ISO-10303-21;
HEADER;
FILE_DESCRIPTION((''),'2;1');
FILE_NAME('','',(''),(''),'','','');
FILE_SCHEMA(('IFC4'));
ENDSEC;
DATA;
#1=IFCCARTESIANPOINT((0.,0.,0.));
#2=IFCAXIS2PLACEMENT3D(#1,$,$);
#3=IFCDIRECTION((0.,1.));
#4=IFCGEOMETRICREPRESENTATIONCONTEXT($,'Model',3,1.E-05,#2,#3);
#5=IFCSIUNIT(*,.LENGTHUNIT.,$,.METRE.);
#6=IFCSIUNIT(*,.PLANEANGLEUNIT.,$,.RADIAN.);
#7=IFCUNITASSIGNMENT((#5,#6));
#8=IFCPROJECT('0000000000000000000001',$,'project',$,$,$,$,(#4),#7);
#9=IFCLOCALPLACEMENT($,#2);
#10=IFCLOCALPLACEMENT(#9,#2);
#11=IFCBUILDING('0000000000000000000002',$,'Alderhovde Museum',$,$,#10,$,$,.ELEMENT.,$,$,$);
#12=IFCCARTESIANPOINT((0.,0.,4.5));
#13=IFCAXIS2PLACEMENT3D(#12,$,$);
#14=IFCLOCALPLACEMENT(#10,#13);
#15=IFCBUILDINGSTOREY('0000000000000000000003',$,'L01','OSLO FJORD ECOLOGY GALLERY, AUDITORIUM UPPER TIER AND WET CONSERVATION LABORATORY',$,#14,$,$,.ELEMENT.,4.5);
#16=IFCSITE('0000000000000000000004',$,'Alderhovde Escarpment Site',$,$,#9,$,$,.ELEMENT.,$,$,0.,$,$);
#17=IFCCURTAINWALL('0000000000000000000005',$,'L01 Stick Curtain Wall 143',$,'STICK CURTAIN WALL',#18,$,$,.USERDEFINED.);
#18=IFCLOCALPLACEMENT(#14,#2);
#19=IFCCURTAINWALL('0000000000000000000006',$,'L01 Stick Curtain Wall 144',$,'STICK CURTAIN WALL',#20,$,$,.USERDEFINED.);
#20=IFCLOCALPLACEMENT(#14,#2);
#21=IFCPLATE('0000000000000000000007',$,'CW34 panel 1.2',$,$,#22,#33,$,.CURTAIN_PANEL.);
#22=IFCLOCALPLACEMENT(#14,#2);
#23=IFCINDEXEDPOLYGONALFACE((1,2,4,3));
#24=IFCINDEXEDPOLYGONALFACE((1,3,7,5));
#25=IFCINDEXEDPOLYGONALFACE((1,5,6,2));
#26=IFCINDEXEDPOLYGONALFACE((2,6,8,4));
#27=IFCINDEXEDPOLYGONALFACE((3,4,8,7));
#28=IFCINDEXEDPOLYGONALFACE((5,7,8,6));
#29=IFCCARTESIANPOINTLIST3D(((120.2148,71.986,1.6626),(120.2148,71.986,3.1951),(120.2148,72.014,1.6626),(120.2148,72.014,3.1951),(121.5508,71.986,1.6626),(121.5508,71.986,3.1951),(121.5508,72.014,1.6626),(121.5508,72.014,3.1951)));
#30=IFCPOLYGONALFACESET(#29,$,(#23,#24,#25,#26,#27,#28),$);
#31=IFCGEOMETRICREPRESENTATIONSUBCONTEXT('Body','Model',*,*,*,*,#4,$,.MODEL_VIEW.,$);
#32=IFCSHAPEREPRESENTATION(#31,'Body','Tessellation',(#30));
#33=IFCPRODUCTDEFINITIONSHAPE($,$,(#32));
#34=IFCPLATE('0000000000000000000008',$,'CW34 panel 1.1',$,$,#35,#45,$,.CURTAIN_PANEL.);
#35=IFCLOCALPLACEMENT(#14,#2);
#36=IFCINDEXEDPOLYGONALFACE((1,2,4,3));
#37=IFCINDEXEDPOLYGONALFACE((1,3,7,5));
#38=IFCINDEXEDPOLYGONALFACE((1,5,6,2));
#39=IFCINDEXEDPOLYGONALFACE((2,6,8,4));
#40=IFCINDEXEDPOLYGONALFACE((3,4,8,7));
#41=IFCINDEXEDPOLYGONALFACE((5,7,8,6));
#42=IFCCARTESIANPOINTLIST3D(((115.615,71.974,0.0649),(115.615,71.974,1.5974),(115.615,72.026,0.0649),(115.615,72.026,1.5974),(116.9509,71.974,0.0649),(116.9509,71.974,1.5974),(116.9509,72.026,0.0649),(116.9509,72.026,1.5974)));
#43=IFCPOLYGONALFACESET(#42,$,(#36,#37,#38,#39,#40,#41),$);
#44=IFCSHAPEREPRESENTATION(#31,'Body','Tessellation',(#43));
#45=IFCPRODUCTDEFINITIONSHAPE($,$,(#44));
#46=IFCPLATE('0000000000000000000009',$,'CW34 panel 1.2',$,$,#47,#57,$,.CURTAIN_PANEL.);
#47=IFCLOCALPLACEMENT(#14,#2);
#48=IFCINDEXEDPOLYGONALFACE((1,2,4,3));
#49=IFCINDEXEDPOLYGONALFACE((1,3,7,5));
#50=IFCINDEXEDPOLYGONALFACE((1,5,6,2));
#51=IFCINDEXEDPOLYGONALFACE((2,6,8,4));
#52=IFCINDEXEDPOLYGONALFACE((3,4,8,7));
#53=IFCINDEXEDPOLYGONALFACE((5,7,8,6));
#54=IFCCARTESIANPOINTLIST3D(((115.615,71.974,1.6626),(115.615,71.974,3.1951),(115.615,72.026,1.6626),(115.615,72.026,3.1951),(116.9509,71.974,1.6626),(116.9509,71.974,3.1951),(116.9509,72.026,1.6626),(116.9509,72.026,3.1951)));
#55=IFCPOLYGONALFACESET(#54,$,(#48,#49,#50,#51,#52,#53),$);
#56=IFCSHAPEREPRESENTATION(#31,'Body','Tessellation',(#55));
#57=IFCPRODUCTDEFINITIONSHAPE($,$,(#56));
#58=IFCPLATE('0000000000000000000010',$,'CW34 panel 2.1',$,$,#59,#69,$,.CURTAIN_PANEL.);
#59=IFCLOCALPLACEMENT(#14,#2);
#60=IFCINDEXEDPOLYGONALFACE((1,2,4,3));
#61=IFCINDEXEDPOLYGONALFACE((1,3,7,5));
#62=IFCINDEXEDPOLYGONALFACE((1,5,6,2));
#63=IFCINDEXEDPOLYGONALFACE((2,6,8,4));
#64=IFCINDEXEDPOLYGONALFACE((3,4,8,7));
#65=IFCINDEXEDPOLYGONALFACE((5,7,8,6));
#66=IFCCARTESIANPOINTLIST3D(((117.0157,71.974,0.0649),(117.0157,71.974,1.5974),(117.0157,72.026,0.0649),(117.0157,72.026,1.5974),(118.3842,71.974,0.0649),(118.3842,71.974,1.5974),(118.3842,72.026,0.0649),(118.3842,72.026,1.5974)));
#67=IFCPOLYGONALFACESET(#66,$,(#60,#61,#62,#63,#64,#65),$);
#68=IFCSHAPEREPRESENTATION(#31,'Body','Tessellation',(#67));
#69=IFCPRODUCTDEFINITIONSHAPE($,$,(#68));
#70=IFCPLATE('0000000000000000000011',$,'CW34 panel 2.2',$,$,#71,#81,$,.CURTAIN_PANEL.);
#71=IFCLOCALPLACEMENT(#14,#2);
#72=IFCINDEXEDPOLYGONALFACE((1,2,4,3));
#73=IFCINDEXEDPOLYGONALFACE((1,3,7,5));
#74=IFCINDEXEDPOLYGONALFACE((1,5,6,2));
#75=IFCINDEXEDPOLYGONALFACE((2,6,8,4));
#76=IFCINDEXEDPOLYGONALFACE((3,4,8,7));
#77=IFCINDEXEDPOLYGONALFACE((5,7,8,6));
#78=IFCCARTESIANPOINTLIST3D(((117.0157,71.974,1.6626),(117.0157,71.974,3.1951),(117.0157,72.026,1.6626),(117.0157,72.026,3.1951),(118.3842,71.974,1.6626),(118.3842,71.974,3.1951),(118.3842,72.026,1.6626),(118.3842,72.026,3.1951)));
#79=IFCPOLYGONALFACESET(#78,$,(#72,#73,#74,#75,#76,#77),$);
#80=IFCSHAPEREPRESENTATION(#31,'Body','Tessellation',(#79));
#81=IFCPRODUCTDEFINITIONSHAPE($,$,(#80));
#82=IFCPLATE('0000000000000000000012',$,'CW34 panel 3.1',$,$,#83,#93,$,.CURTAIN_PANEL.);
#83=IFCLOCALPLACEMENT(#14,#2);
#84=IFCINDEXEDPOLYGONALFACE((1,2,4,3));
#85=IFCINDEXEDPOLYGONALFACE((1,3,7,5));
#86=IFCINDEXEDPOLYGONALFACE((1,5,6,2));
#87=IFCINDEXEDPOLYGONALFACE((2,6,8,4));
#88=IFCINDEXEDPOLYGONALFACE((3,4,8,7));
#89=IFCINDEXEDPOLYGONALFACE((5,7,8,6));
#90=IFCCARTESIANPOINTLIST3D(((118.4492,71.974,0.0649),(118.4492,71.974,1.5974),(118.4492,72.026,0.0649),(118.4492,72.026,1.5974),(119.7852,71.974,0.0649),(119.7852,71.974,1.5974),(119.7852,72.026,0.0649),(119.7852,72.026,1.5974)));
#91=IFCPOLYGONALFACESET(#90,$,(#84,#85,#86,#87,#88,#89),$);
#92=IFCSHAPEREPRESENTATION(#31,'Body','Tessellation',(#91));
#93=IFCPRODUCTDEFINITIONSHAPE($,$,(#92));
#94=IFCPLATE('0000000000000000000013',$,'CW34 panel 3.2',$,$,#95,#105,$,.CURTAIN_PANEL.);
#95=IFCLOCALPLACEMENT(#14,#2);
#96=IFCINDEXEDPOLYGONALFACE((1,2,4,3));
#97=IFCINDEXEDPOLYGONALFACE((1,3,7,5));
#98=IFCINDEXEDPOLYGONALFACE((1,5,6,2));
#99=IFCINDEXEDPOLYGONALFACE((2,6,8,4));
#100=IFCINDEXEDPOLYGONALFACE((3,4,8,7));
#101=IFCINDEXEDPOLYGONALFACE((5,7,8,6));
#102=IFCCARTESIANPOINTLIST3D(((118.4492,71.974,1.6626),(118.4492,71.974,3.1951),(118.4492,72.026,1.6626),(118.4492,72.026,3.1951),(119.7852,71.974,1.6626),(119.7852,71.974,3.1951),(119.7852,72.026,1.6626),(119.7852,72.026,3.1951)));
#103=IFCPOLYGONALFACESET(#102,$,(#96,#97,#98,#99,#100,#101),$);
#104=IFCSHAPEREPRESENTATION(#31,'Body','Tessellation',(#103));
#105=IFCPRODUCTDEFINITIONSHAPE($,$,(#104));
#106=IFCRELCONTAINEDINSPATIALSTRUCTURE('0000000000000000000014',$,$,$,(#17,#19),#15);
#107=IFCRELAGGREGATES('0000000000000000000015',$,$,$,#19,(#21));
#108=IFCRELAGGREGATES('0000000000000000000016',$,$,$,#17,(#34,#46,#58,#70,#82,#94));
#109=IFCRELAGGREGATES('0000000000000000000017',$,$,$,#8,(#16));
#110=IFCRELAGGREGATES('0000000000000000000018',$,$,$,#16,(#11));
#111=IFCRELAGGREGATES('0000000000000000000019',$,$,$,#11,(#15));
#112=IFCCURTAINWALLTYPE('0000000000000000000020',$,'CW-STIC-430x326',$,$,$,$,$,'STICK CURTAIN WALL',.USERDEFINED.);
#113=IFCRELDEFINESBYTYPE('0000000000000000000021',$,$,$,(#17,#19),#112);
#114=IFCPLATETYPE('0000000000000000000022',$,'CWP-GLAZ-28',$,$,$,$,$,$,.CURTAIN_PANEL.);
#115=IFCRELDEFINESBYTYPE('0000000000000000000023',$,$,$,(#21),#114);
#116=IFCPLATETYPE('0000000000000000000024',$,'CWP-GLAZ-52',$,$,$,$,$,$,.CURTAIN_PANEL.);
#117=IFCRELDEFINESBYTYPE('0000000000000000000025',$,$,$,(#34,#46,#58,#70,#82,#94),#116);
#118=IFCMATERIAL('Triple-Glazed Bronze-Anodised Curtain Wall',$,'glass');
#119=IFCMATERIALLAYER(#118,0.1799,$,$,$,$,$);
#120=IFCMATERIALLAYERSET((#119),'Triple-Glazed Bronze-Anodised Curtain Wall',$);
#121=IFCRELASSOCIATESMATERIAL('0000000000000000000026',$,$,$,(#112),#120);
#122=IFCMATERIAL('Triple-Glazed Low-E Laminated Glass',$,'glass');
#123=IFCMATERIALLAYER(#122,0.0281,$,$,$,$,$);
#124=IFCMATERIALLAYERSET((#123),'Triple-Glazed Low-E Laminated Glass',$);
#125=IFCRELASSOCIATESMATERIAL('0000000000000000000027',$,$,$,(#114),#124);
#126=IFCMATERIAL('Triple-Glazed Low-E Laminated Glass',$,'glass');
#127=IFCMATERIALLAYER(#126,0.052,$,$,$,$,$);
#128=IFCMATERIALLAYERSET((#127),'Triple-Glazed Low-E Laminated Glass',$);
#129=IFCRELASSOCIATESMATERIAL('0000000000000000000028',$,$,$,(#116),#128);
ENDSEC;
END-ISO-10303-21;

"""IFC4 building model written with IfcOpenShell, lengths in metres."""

from ifc_helpers import new_model, si_unit, direction, frame, origin, origin_2d, place, context, subcontext, project, spatial, rectangle, extrude, material, layer, layer_set, type_object, element, aggregate, save


model = new_model("IFC4")

# Units and contexts
model_context = context("Model", 3, precision=1e-05, world=origin(), true_north=direction((0.0, 1.0)))
body_context = subcontext(model_context, "Body", "Model", "MODEL_VIEW")
ifc_project = project(units=[si_unit("LENGTHUNIT", "METRE"), si_unit("PLANEANGLEUNIT", "RADIAN")], contexts=[model_context])

# Site, building, storey
site_placement = place(None, origin())
site = spatial("IfcSite", under=ifc_project, at=site_placement, Name="Alderhovde Escarpment Site", CompositionType="ELEMENT", RefElevation=0.0)
building_placement = place(site_placement, origin())
building = spatial("IfcBuilding", under=site, at=building_placement, Name="Alderhovde Museum", CompositionType="ELEMENT")
storey_placement = place(building_placement, frame((0.0, 0.0, 4.5)))
storey = spatial("IfcBuildingStorey", under=building, at=storey_placement, Name="L01", Description="OSLO FJORD ECOLOGY GALLERY, AUDITORIUM UPPER TIER AND WET CONSERVATION LABORATORY", CompositionType="ELEMENT", Elevation=4.5)

# Curtain wall
ifc_material_1 = material(Name="Triple-Glazed Bronze-Anodised Curtain Wall", Category="glass")
ifc_layer_1 = layer(ifc_material_1, 0.1799)
ifc_layer_set_1 = layer_set([ifc_layer_1], Name="Triple-Glazed Bronze-Anodised Curtain Wall")
curtain_wall_type = type_object("IfcCurtainWallType", Name="CW-STIC-430x326", ElementType="STICK CURTAIN WALL", PredefinedType="USERDEFINED", material=ifc_layer_set_1)
curtain_wall_1_placement = place(storey_placement, origin())
curtain_wall_1 = element("IfcCurtainWall", 1, at=curtain_wall_1_placement, inside=storey, type_object=curtain_wall_type, Name="L01 Stick Curtain Wall 143", ObjectType="STICK CURTAIN WALL", PredefinedType="USERDEFINED")

# Curtain wall
curtain_wall_2_placement = place(storey_placement, origin())
curtain_wall_2 = element("IfcCurtainWall", 2, at=curtain_wall_2_placement, inside=storey, type_object=curtain_wall_type, Name="L01 Stick Curtain Wall 144", ObjectType="STICK CURTAIN WALL", PredefinedType="USERDEFINED")

# Plates
ifc_material_2 = material(Name="Triple-Glazed Low-E Laminated Glass", Category="glass")
ifc_layer_2 = layer(ifc_material_2, 0.0281)
ifc_layer_set_2 = layer_set([ifc_layer_2], Name="Triple-Glazed Low-E Laminated Glass")
plate_type_1 = type_object("IfcPlateType", Name="CWP-GLAZ-28", PredefinedType="CURTAIN_PANEL", material=ifc_layer_set_2)
plate_1_placement = place(storey_placement, frame((120.8828, 72.0, 1.6626), z_axis=(0.0, 0.0, 1.0), x_axis=(1.0, 0.0, 0.0)))
plate_1 = element("IfcPlate", 3, at=plate_1_placement, type_object=plate_type_1, Name="CW34 panel 1.2", PredefinedType="CURTAIN_PANEL", context=body_context, shape_type="SweptSolid", body=[
    extrude(rectangle(XDim=1.3359, YDim=0.0281, at=origin_2d()), origin(), (0.0, 0.0, 1.0), 1.5325),
])
aggregate(curtain_wall_2, [plate_1])
ifc_material_3 = material(Name="Triple-Glazed Low-E Laminated Glass", Category="glass")
ifc_layer_3 = layer(ifc_material_3, 0.052)
ifc_layer_set_3 = layer_set([ifc_layer_3], Name="Triple-Glazed Low-E Laminated Glass")
plate_type_2 = type_object("IfcPlateType", Name="CWP-GLAZ-52", PredefinedType="CURTAIN_PANEL", material=ifc_layer_set_3)
plate_2_placement = place(storey_placement, frame((116.283, 72.0, 0.0649), z_axis=(0.0, 0.0, 1.0), x_axis=(1.0, 0.0, 0.0)))
plate_2 = element("IfcPlate", 4, at=plate_2_placement, type_object=plate_type_2, Name="CW34 panel 1.1", PredefinedType="CURTAIN_PANEL", context=body_context, shape_type="SweptSolid", body=[
    extrude(rectangle(XDim=1.3359, YDim=0.052, at=origin_2d()), origin(), (0.0, 0.0, 1.0), 1.5325),
])
plate_3_placement = place(storey_placement, frame((116.283, 72.0, 1.6626), z_axis=(0.0, 0.0, 1.0), x_axis=(1.0, 0.0, 0.0)))
plate_3 = element("IfcPlate", 5, at=plate_3_placement, type_object=plate_type_2, Name="CW34 panel 1.2", PredefinedType="CURTAIN_PANEL", context=body_context, shape_type="SweptSolid", body=[
    extrude(rectangle(XDim=1.3359, YDim=0.052, at=origin_2d()), origin(), (0.0, 0.0, 1.0), 1.5325),
])
plate_4_placement = place(storey_placement, frame((117.7, 72.0, 0.0649), z_axis=(0.0, 0.0, 1.0), x_axis=(1.0, 0.0, 0.0)))
plate_4 = element("IfcPlate", 6, at=plate_4_placement, type_object=plate_type_2, Name="CW34 panel 2.1", PredefinedType="CURTAIN_PANEL", context=body_context, shape_type="SweptSolid", body=[
    extrude(rectangle(XDim=1.3684, YDim=0.052, at=origin_2d()), origin(), (0.0, 0.0, 1.0), 1.5325),
])
plate_5_placement = place(storey_placement, frame((117.7, 72.0, 1.6626), z_axis=(0.0, 0.0, 1.0), x_axis=(1.0, 0.0, 0.0)))
plate_5 = element("IfcPlate", 7, at=plate_5_placement, type_object=plate_type_2, Name="CW34 panel 2.2", PredefinedType="CURTAIN_PANEL", context=body_context, shape_type="SweptSolid", body=[
    extrude(rectangle(XDim=1.3684, YDim=0.052, at=origin_2d()), origin(), (0.0, 0.0, 1.0), 1.5325),
])
plate_6_placement = place(storey_placement, frame((119.1172, 72.0, 0.0649), z_axis=(0.0, 0.0, 1.0), x_axis=(1.0, 0.0, 0.0)))
plate_6 = element("IfcPlate", 8, at=plate_6_placement, type_object=plate_type_2, Name="CW34 panel 3.1", PredefinedType="CURTAIN_PANEL", context=body_context, shape_type="SweptSolid", body=[
    extrude(rectangle(XDim=1.3359, YDim=0.052, at=origin_2d()), origin(), (0.0, 0.0, 1.0), 1.5325),
])
plate_7_placement = place(storey_placement, frame((119.1172, 72.0, 1.6626), z_axis=(0.0, 0.0, 1.0), x_axis=(1.0, 0.0, 0.0)))
plate_7 = element("IfcPlate", 9, at=plate_7_placement, type_object=plate_type_2, Name="CW34 panel 3.2", PredefinedType="CURTAIN_PANEL", context=body_context, shape_type="SweptSolid", body=[
    extrude(rectangle(XDim=1.3359, YDim=0.052, at=origin_2d()), origin(), (0.0, 0.0, 1.0), 1.5325),
])
aggregate(curtain_wall_1, [plate_2, plate_3, plate_4, plate_5, plate_6, plate_7])

save(model, "model.ifc")
